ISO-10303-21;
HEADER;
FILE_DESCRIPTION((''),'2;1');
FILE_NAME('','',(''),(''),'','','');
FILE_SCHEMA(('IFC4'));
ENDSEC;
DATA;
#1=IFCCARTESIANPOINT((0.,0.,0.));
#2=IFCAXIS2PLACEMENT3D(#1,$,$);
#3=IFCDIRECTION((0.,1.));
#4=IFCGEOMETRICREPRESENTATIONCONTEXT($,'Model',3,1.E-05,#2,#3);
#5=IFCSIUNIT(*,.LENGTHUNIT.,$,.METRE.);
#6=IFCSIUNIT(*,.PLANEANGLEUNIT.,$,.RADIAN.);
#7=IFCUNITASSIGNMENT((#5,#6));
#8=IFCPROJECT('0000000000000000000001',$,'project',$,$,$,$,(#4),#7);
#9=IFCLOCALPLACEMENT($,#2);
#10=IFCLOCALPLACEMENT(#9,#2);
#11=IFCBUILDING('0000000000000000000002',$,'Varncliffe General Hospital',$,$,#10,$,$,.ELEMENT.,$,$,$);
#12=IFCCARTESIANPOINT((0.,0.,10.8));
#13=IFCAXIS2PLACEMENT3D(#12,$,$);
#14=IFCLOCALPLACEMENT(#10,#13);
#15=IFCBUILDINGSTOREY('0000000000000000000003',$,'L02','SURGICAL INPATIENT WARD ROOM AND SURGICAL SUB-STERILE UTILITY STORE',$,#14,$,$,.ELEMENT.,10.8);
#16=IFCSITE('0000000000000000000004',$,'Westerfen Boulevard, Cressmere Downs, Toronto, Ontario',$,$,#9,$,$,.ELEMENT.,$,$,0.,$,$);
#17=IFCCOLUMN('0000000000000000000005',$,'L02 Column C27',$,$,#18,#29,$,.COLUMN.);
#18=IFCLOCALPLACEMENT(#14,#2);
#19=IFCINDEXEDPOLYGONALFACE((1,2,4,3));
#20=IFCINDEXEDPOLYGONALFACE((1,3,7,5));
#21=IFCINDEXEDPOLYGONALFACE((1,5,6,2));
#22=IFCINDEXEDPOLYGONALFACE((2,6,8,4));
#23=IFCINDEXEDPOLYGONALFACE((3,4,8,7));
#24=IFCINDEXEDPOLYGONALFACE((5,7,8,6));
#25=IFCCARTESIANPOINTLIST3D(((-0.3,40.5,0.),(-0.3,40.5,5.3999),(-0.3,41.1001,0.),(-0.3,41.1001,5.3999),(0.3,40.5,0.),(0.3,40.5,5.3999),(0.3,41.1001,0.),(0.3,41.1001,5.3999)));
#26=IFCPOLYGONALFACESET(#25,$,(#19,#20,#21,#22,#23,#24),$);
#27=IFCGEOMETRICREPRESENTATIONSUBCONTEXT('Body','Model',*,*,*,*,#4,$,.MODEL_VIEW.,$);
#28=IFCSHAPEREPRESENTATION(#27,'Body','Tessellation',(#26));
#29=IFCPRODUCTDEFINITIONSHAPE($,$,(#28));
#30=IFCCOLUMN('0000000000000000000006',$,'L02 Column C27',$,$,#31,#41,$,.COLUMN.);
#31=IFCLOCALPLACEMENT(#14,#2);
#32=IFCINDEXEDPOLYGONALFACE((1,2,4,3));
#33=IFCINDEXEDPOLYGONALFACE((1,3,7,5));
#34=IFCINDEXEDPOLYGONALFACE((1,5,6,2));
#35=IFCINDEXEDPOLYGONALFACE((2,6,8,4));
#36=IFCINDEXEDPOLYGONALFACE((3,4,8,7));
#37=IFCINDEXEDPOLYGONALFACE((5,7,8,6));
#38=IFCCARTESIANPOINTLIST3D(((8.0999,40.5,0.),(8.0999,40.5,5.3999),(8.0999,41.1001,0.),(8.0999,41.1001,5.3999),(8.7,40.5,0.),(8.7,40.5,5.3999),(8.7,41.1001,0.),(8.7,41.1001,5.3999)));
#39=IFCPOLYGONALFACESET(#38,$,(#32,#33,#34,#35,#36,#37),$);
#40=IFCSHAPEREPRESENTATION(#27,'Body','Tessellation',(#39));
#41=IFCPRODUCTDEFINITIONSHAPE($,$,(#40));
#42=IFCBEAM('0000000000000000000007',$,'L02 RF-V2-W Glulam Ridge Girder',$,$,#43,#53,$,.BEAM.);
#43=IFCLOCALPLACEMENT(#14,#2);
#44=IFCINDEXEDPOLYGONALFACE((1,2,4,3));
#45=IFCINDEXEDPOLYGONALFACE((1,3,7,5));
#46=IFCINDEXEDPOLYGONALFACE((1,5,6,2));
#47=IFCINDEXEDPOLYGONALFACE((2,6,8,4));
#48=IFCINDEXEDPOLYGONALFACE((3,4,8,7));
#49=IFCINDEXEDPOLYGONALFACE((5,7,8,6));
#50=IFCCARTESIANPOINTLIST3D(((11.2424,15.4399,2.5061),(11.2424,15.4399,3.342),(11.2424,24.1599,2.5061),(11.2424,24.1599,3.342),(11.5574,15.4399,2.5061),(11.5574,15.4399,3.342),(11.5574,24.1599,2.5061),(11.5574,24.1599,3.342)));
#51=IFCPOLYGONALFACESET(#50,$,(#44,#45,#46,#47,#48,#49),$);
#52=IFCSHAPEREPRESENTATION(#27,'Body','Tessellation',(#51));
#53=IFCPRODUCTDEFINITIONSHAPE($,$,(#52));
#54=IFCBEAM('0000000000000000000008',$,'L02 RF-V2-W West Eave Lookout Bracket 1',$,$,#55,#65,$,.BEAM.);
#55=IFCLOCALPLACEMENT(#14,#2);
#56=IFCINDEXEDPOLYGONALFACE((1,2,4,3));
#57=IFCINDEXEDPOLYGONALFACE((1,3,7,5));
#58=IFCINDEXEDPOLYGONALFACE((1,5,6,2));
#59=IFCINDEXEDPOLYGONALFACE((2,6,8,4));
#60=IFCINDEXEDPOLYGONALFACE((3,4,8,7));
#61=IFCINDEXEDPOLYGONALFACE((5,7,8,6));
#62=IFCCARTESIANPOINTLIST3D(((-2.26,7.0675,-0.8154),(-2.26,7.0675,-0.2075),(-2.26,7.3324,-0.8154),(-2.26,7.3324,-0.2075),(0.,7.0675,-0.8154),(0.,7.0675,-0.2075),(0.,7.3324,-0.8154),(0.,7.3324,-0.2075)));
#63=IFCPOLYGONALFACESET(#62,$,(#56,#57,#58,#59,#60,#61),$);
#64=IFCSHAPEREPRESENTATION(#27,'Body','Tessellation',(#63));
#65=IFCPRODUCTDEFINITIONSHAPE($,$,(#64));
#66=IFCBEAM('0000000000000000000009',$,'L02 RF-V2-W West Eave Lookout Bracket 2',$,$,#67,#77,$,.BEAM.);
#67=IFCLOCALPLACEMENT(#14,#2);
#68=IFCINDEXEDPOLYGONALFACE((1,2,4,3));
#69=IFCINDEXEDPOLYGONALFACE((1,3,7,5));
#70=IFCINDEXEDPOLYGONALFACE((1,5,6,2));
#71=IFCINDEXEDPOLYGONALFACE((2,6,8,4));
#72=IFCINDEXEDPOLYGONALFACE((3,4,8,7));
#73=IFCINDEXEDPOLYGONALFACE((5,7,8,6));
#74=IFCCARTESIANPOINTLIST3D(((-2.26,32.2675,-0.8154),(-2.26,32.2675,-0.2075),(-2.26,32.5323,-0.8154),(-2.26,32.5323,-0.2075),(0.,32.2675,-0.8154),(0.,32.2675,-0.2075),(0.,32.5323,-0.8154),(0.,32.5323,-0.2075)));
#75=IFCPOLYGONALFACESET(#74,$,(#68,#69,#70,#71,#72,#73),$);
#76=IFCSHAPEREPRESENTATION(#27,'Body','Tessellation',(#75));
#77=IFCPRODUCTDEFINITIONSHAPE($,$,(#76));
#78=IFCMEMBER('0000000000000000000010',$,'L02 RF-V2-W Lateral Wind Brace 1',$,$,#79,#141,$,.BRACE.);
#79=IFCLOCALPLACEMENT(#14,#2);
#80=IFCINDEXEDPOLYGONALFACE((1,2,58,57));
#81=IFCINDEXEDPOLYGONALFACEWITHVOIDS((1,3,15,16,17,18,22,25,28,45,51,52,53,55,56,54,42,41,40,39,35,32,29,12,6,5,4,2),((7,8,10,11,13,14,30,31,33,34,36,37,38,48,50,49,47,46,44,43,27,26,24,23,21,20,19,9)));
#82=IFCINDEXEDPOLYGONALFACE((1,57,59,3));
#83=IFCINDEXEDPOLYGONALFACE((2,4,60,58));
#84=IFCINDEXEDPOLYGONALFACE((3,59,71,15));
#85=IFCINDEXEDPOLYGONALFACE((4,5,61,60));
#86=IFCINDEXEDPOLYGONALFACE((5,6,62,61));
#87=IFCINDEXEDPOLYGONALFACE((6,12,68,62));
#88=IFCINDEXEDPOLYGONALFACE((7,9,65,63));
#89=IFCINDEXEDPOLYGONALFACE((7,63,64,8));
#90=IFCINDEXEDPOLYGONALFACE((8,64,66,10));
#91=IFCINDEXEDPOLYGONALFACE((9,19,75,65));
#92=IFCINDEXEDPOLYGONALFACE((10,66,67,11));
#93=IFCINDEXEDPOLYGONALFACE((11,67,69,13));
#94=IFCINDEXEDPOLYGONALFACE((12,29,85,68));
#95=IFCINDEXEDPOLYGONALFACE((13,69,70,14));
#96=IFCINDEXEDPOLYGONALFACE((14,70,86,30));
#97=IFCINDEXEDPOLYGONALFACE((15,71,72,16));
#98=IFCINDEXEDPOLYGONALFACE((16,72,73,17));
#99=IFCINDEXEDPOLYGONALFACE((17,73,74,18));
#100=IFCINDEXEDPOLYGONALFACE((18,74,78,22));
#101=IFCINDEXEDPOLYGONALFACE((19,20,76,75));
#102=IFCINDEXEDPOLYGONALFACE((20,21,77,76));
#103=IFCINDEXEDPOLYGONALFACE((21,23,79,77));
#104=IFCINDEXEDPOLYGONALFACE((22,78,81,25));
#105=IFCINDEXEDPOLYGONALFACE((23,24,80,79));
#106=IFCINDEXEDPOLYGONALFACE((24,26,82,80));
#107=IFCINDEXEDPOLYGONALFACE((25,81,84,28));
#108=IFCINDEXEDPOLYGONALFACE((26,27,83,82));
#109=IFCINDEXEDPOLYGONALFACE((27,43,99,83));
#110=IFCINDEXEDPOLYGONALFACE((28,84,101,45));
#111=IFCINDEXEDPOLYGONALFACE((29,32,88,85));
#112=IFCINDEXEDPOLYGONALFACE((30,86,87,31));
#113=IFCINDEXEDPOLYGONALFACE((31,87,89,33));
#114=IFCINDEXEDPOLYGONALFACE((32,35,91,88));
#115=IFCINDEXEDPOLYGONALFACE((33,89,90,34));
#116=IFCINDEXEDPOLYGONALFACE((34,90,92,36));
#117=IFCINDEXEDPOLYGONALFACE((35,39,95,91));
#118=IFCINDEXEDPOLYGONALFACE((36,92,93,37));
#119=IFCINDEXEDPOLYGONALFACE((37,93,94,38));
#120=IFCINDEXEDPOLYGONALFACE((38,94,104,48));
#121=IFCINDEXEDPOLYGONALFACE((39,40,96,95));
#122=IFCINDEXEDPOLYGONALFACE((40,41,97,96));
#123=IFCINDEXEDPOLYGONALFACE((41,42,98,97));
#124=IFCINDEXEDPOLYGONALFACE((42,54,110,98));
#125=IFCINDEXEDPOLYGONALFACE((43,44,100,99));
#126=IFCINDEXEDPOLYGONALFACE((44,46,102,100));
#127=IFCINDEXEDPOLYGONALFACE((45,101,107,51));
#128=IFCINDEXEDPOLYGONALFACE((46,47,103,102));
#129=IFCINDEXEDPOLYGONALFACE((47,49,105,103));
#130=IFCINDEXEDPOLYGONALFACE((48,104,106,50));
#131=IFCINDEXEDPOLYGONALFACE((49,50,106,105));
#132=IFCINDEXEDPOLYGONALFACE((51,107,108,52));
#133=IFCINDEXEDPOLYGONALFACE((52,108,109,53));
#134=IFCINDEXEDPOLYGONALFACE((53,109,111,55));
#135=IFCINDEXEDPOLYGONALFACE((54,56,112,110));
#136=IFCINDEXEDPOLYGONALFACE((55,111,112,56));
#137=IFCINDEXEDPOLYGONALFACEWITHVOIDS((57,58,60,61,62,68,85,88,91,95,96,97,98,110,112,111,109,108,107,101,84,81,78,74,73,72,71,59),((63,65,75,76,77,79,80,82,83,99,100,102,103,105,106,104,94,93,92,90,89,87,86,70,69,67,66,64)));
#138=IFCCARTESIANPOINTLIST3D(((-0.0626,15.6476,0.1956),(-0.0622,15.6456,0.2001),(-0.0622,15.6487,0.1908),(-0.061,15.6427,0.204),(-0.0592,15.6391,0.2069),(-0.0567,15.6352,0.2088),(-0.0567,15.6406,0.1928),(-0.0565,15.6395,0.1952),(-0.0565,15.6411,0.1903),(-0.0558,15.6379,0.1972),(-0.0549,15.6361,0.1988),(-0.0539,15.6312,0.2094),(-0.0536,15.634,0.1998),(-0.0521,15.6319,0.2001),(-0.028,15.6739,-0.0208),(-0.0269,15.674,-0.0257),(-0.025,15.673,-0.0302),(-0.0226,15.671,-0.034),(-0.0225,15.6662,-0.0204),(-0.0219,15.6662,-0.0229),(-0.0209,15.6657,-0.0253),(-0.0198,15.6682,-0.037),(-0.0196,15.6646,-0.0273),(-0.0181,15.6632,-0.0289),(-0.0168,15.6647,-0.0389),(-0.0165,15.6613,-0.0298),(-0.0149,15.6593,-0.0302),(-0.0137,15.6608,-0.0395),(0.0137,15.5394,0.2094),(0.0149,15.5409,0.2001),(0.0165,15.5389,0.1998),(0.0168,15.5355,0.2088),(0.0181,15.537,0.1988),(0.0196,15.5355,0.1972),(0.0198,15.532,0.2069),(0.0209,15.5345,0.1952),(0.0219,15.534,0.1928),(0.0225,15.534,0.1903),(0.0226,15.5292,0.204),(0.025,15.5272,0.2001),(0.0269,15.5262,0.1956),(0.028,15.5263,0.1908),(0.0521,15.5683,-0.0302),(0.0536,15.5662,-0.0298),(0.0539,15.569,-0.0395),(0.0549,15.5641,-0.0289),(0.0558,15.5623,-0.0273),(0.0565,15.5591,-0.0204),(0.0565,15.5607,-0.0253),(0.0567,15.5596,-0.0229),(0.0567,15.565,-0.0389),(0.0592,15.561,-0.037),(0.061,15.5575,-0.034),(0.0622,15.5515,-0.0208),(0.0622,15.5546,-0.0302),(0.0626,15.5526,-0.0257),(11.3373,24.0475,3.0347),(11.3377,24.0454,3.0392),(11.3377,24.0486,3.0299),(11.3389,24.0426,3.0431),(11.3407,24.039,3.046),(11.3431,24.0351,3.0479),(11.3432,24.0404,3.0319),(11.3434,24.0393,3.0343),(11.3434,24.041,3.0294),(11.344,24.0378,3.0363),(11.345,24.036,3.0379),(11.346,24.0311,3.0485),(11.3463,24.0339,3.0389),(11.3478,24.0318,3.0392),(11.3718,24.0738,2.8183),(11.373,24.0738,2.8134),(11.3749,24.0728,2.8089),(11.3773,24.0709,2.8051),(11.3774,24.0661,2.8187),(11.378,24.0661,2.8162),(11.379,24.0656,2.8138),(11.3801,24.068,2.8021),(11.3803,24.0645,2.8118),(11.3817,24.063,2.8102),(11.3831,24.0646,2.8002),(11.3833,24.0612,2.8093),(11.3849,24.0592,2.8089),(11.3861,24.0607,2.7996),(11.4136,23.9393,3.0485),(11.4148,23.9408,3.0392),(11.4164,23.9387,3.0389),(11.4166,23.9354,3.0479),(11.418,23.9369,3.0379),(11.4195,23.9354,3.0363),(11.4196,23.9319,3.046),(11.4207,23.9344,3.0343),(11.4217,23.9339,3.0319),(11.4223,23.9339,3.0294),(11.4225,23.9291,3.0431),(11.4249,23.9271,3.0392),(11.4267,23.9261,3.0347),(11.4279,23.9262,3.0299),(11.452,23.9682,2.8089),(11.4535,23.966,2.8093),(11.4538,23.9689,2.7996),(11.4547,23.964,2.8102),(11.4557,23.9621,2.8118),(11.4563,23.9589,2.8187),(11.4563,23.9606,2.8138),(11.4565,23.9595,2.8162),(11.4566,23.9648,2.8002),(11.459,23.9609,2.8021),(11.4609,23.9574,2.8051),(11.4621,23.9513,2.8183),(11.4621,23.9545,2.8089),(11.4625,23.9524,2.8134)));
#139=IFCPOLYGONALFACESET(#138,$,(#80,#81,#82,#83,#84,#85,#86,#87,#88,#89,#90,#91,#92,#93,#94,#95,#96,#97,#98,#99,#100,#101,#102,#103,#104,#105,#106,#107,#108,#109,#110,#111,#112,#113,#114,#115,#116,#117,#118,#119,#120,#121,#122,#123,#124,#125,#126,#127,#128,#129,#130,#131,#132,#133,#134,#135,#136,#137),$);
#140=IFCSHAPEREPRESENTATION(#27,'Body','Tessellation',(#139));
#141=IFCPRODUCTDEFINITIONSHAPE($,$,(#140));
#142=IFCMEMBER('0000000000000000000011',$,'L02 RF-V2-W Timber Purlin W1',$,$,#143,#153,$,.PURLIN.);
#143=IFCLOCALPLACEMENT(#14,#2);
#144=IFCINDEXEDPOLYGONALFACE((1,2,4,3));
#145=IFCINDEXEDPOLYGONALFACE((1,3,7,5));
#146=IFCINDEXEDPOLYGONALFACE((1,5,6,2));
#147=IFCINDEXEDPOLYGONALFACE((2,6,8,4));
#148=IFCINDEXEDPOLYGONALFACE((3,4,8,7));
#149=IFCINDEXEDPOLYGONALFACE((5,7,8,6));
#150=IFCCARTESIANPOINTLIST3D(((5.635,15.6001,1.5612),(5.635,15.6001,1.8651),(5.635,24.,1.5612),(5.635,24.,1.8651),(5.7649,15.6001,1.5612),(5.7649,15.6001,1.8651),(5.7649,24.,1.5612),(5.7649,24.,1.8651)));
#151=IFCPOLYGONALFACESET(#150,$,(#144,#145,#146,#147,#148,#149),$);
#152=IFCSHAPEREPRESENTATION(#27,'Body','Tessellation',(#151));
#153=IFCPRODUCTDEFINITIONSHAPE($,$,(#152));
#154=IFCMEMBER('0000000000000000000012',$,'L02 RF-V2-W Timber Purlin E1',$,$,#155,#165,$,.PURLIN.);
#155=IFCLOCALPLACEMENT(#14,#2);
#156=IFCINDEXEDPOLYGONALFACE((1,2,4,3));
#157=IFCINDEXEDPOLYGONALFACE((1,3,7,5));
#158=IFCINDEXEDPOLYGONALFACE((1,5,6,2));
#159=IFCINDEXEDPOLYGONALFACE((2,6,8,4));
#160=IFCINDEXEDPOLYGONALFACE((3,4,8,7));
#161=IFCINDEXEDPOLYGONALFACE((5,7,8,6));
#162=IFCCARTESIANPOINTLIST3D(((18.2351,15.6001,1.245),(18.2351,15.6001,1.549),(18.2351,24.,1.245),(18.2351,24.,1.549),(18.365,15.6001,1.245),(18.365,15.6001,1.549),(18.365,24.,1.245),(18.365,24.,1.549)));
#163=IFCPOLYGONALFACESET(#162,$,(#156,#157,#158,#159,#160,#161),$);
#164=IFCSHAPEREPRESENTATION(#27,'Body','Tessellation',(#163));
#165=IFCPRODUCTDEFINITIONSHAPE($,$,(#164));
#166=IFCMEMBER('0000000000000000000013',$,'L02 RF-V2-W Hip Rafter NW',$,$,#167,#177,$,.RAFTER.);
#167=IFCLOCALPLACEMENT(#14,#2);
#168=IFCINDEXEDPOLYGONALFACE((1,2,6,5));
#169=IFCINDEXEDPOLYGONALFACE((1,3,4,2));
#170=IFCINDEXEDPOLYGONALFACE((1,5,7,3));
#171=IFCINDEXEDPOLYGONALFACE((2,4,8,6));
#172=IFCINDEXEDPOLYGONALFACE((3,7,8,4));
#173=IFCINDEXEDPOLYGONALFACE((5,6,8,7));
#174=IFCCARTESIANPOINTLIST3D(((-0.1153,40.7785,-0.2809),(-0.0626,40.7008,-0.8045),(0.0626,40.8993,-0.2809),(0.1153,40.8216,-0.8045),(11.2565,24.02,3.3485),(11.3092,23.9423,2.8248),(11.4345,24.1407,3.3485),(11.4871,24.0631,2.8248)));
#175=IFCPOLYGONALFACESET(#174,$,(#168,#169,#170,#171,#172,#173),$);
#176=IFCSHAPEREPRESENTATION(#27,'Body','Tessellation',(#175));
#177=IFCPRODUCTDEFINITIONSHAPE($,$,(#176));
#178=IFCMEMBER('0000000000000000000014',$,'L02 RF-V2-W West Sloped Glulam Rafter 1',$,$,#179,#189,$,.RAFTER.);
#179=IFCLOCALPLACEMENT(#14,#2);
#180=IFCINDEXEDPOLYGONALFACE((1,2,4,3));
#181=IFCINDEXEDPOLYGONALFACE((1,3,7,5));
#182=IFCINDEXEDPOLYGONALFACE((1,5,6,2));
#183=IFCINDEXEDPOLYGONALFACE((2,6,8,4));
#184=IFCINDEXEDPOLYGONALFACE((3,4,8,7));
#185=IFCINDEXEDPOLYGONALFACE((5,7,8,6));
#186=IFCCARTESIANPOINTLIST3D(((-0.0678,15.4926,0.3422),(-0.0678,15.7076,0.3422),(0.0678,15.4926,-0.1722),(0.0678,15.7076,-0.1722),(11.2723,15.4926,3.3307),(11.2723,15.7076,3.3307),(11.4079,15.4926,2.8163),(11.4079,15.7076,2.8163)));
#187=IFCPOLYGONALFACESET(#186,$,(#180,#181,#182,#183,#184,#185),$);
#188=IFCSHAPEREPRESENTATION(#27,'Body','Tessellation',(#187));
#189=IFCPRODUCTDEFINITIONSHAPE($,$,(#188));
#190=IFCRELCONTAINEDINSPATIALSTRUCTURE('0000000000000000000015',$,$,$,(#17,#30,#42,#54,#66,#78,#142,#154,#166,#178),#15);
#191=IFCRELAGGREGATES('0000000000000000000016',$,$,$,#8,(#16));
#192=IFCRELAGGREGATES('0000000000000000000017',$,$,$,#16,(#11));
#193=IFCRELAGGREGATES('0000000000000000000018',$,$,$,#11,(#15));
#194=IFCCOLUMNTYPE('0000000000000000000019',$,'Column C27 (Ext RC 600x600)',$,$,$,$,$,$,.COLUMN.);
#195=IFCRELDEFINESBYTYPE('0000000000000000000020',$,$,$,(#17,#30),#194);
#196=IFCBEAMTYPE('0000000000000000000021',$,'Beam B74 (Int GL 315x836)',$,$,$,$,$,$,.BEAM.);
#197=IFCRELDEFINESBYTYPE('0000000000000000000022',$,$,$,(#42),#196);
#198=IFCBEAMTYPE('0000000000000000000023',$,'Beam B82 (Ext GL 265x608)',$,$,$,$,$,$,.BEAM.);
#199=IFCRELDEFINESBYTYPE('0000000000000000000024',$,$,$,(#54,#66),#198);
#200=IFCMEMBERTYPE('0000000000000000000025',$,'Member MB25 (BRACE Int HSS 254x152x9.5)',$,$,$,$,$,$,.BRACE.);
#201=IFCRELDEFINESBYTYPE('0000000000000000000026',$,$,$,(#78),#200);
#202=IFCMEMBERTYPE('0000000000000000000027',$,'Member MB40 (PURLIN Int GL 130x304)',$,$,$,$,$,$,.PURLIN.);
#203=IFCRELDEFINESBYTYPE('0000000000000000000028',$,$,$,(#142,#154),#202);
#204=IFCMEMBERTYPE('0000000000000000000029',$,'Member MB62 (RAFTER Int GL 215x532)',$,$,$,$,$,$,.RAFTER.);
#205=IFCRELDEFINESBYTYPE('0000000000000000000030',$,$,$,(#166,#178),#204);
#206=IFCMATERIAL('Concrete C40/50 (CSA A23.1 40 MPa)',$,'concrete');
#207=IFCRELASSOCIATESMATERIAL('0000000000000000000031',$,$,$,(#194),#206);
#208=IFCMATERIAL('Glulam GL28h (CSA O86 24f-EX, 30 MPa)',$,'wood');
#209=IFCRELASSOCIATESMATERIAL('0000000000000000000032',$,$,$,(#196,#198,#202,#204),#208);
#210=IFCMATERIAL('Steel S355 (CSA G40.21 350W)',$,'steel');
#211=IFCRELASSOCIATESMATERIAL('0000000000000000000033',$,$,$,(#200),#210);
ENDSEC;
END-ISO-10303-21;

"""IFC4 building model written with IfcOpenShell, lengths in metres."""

from ifc_helpers import new_model, si_unit, direction, frame, origin, origin_2d, place, context, subcontext, project, spatial, rectangle, hollow_rectangle, extrude, material, material_profile, profile_set, type_object, element, save


model = new_model("IFC4")

# Units and contexts
model_context = context("Model", 3, precision=1e-05, world=origin(), true_north=direction((0.0, 1.0)))
body_context = subcontext(model_context, "Body", "Model", "MODEL_VIEW")
ifc_project = project(units=[si_unit("LENGTHUNIT", "METRE"), si_unit("PLANEANGLEUNIT", "RADIAN")], contexts=[model_context])

# Site, building, storey
site_placement = place(None, origin())
site = spatial("IfcSite", under=ifc_project, at=site_placement, Name="Westerfen Boulevard, Cressmere Downs, Toronto, Ontario", CompositionType="ELEMENT", RefElevation=0.0)
building_placement = place(site_placement, origin())
building = spatial("IfcBuilding", under=site, at=building_placement, Name="Varncliffe General Hospital", CompositionType="ELEMENT")
storey_placement = place(building_placement, frame((0.0, 0.0, 10.8)))
storey = spatial("IfcBuildingStorey", under=building, at=storey_placement, Name="L02", Description="SURGICAL INPATIENT WARD ROOM AND SURGICAL SUB-STERILE UTILITY STORE", CompositionType="ELEMENT", Elevation=10.8)

# Columns
ifc_material_1 = material(Name="Concrete C40/50 (CSA A23.1 40 MPa)", Category="concrete")
ifc_material_profile_1 = material_profile(ifc_material_1, rectangle(XDim=0.6001, YDim=0.6001, at=origin_2d()), Name="RC 600x600")
ifc_profile_set_1 = profile_set([ifc_material_profile_1], Name="Concrete C40/50 (CSA A23.1 40 MPa)")
column_type = type_object("IfcColumnType", Name="Column C27 (Ext RC 600x600)", PredefinedType="COLUMN", material=ifc_profile_set_1)
for number, where, z_axis, x_axis, name in (
    (1, (0.0, 40.8, 0.0), (0.0, 0.0, 1.0), (1.0, 0.0, 0.0), "L02 Column C27"),
    (2, (8.3999, 40.8, 0.0), (0.0, 0.0, 1.0), (1.0, 0.0, 0.0), "L02 Column C27"),
):
    element("IfcColumn", number, at=place(storey_placement, frame(where, z_axis=z_axis, x_axis=x_axis)), inside=storey, type_object=column_type, Name=name, PredefinedType="COLUMN", context=body_context, shape_type="SweptSolid", body=[
        extrude(rectangle(XDim=0.6001, YDim=0.6001, at=origin_2d()), origin(), (0.0, 0.0, 1.0), 5.3999),
    ])

# Beams
ifc_material_2 = material(Name="Glulam GL28h (CSA O86 24f-EX, 30 MPa)", Category="wood")
ifc_material_profile_2 = material_profile(ifc_material_2, rectangle(XDim=0.3149, YDim=0.8359, at=origin_2d()), Name="GL 315x836")
ifc_profile_set_2 = profile_set([ifc_material_profile_2], Name="Glulam GL28h (CSA O86 24f-EX, 30 MPa)")
beam_type_1 = type_object("IfcBeamType", Name="Beam B74 (Int GL 315x836)", PredefinedType="BEAM", material=ifc_profile_set_2)
beam_1_placement = place(storey_placement, frame((11.3999, 15.4399, 2.9241), z_axis=(0.0, 1.0, 0.0), x_axis=(-1.0, 0.0, 0.0)))
element("IfcBeam", 3, at=beam_1_placement, inside=storey, type_object=beam_type_1, Name="L02 RF-V2-W Glulam Ridge Girder", PredefinedType="BEAM", context=body_context, shape_type="SweptSolid", body=[
    extrude(rectangle(XDim=0.3149, YDim=0.8359, at=origin_2d()), origin(), (0.0, 0.0, 1.0), 8.72),
])
ifc_material_profile_3 = material_profile(ifc_material_2, rectangle(XDim=0.2649, YDim=0.6079, at=origin_2d()), Name="GL 265x608")
ifc_profile_set_3 = profile_set([ifc_material_profile_3], Name="Glulam GL28h (CSA O86 24f-EX, 30 MPa)")
beam_type_2 = type_object("IfcBeamType", Name="Beam B82 (Ext GL 265x608)", PredefinedType="BEAM", material=ifc_profile_set_3)
for number, where, z_axis, x_axis, name in (
    (4, (-2.26, 7.2, -0.5115), (1.0, 0.0, 0.0), (0.0, 1.0, 0.0), "L02 RF-V2-W West Eave Lookout Bracket 1"),
    (5, (-2.26, 32.3999, -0.5115), (1.0, 0.0, 0.0), (0.0, 1.0, 0.0), "L02 RF-V2-W West Eave Lookout Bracket 2"),
):
    element("IfcBeam", number, at=place(storey_placement, frame(where, z_axis=z_axis, x_axis=x_axis)), inside=storey, type_object=beam_type_2, Name=name, PredefinedType="BEAM", context=body_context, shape_type="SweptSolid", body=[
        extrude(rectangle(XDim=0.2649, YDim=0.6079, at=origin_2d()), origin(), (0.0, 0.0, 1.0), 2.26),
    ])

# Members
ifc_material_3 = material(Name="Steel S355 (CSA G40.21 350W)", Category="steel")
ifc_material_profile_4 = material_profile(ifc_material_3, hollow_rectangle(XDim=0.1521, YDim=0.2539, WallThickness=0.0095, InnerFilletRadius=0.01, OuterFilletRadius=0.019, at=origin_2d()), Name="HSS 254x152x9.5")
ifc_profile_set_4 = profile_set([ifc_material_profile_4], Name="Steel S355 (CSA G40.21 350W)")
member_type_1 = type_object("IfcMemberType", Name="Member MB25 (BRACE Int HSS 254x152x9.5)", PredefinedType="BRACE", material=ifc_profile_set_4)
member_1_placement = place(storey_placement, frame((0.0, 15.6001, 0.085), z_axis=(0.789348, 0.581623, 0.196585), x_axis=(-0.593198, 0.805057, 0.0)))
element("IfcMember", 6, at=member_1_placement, inside=storey, type_object=member_type_1, Name="L02 RF-V2-W Lateral Wind Brace 1", PredefinedType="BRACE", context=body_context, shape_type="SweptSolid", body=[
    extrude(hollow_rectangle(XDim=0.1521, YDim=0.2539, WallThickness=0.0095, InnerFilletRadius=0.01, OuterFilletRadius=0.019, at=origin_2d()), origin(), (0.0, 0.0, 1.0), 14.4421),
])
ifc_material_profile_5 = material_profile(ifc_material_2, rectangle(XDim=0.1299, YDim=0.304, at=origin_2d()), Name="GL 130x304")
ifc_profile_set_5 = profile_set([ifc_material_profile_5], Name="Glulam GL28h (CSA O86 24f-EX, 30 MPa)")
member_type_2 = type_object("IfcMemberType", Name="Member MB40 (PURLIN Int GL 130x304)", PredefinedType="PURLIN", material=ifc_profile_set_5)
for number, where, z_axis, x_axis, name in (
    (7, (5.7, 15.6001, 1.7131), (0.0, 1.0, 0.0), (-1.0, 0.0, 0.0), "L02 RF-V2-W Timber Purlin W1"),
    (8, (18.3, 15.6001, 1.397), (0.0, 1.0, 0.0), (-1.0, 0.0, 0.0), "L02 RF-V2-W Timber Purlin E1"),
):
    element("IfcMember", number, at=place(storey_placement, frame(where, z_axis=z_axis, x_axis=x_axis)), inside=storey, type_object=member_type_2, Name=name, PredefinedType="PURLIN", context=body_context, shape_type="SweptSolid", body=[
        extrude(rectangle(XDim=0.1299, YDim=0.304, at=origin_2d()), origin(), (0.0, 0.0, 1.0), 8.3999),
    ])
ifc_material_profile_6 = material_profile(ifc_material_2, rectangle(XDim=0.2151, YDim=0.532, at=origin_2d()), Name="GL 215x532")
ifc_profile_set_6 = profile_set([ifc_material_profile_6], Name="Glulam GL28h (CSA O86 24f-EX, 30 MPa)")
member_type_3 = type_object("IfcMemberType", Name="Member MB62 (RAFTER Int GL 215x532)", PredefinedType="RAFTER", material=ifc_profile_set_6)
member_2_placement = place(storey_placement, frame((0.0, 40.8, -0.5427), z_axis=(0.552695, -0.814501, 0.176396), x_axis=(0.827477, 0.5615, 0.0)))
element("IfcMember", 9, at=member_2_placement, inside=storey, type_object=member_type_3, Name="L02 RF-V2-W Hip Rafter NW", PredefinedType="RAFTER", context=body_context, shape_type="SweptSolid", body=[
    extrude(rectangle(XDim=0.2151, YDim=0.532, at=origin_2d()), origin(), (0.0, 0.0, 1.0), 20.5752),
])
member_3_placement = place(storey_placement, frame((0.0, 15.6001, 0.085), z_axis=(0.966984, 0.0, 0.254836), x_axis=(0.0, 1.0, 0.0)))
element("IfcMember", 10, at=member_3_placement, inside=storey, type_object=member_type_3, Name="L02 RF-V2-W West Sloped Glulam Rafter 1", PredefinedType="RAFTER", context=body_context, shape_type="SweptSolid", body=[
    extrude(rectangle(XDim=0.2151, YDim=0.532, at=origin_2d()), origin(), (0.0, 0.0, 1.0), 11.7273),
])

save(model, "model.ifc")
